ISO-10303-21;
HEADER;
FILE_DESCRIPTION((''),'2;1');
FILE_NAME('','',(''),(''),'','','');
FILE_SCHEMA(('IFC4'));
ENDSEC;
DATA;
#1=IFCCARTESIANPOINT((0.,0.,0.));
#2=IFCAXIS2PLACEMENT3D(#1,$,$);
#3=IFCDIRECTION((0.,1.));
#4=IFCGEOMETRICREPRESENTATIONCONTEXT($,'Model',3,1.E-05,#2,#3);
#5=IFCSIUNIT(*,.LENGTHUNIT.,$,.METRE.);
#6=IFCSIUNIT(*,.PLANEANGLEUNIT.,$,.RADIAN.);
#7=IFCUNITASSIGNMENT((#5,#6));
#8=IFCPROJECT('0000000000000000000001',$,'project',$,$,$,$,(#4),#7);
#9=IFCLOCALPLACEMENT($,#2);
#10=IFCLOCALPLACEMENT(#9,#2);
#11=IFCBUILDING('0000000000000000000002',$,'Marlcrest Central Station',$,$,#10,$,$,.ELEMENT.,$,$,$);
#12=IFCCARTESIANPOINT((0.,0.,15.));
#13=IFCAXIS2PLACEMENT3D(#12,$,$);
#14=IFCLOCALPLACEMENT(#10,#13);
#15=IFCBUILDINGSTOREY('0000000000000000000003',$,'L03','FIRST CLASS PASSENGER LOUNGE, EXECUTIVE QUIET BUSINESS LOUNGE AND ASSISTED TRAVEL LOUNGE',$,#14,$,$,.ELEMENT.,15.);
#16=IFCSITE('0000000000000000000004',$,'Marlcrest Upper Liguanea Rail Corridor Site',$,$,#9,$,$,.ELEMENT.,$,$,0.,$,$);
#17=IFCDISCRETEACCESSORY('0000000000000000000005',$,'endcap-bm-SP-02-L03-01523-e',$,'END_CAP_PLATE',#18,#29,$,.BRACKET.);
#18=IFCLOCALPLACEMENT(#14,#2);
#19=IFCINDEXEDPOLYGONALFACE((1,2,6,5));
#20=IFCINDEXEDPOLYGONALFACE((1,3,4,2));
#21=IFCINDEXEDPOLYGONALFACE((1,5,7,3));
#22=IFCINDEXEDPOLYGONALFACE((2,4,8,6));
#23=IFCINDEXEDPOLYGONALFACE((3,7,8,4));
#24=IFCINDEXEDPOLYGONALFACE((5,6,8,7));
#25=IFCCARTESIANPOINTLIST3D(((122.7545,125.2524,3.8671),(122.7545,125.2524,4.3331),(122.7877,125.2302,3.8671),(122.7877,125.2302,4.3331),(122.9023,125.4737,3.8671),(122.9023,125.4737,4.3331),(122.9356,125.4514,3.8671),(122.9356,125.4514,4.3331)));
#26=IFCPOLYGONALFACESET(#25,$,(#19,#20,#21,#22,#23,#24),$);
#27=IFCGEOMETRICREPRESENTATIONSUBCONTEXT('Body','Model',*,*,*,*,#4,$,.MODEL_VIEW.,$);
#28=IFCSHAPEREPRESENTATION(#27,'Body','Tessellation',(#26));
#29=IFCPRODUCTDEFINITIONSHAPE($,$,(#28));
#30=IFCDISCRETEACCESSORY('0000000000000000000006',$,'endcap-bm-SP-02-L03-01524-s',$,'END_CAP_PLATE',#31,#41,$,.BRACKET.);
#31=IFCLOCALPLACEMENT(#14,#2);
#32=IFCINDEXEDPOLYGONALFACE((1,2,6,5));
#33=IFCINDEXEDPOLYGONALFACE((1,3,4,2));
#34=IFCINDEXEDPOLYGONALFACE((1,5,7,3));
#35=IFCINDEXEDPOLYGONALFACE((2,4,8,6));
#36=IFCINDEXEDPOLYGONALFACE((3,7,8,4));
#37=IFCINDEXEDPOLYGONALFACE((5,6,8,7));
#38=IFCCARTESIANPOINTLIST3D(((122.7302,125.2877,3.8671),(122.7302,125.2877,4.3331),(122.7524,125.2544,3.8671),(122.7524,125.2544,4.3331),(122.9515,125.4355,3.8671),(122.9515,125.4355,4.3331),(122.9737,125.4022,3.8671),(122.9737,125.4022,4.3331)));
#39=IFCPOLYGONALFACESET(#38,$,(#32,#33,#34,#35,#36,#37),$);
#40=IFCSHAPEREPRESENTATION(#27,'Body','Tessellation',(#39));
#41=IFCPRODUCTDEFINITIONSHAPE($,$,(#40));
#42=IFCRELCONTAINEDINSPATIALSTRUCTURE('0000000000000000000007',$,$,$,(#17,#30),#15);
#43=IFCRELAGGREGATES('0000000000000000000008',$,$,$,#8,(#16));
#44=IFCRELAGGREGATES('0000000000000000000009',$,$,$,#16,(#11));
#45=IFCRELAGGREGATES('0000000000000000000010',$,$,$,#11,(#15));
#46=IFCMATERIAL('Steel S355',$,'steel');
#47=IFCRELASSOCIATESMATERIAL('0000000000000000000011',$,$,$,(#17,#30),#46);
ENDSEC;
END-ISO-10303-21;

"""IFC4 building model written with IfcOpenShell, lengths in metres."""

from ifc_helpers import new_model, si_unit, direction, frame, origin, origin_2d, place, context, subcontext, project, spatial, rectangle, extrude, material, element, save


model = new_model("IFC4")

# Units and contexts
model_context = context("Model", 3, precision=1e-05, world=origin(), true_north=direction((0.0, 1.0)))
body_context = subcontext(model_context, "Body", "Model", "MODEL_VIEW")
ifc_project = project(units=[si_unit("LENGTHUNIT", "METRE"), si_unit("PLANEANGLEUNIT", "RADIAN")], contexts=[model_context])

# Site, building, storey
site_placement = place(None, origin())
site = spatial("IfcSite", under=ifc_project, at=site_placement, Name="Marlcrest Upper Liguanea Rail Corridor Site", CompositionType="ELEMENT", RefElevation=0.0)
building_placement = place(site_placement, origin())
building = spatial("IfcBuilding", under=site, at=building_placement, Name="Marlcrest Central Station", CompositionType="ELEMENT")
storey_placement = place(building_placement, frame((0.0, 0.0, 15.0)))
storey = spatial("IfcBuildingStorey", under=building, at=storey_placement, Name="L03", Description="FIRST CLASS PASSENGER LOUNGE, EXECUTIVE QUIET BUSINESS LOUNGE AND ASSISTED TRAVEL LOUNGE", CompositionType="ELEMENT", Elevation=15.0)

# Shared definitions
ifc_material_1 = material(Name="Steel S355", Category="steel")

# Discrete accessories
for number, where, z_axis, x_axis, name in (
    (1, (122.8284, 125.363, 4.1001), (0.831509, -0.555511, 0.0), (0.555511, 0.831509, 0.0), "endcap-bm-SP-02-L03-01523-e"),
    (2, (122.8408, 125.3616, 4.1001), (0.555511, -0.831509, 0.0), (0.831509, 0.555511, 0.0), "endcap-bm-SP-02-L03-01524-s"),
):
    element("IfcDiscreteAccessory", number, at=place(storey_placement, frame(where, z_axis=z_axis, x_axis=x_axis)), inside=storey, material=ifc_material_1, Name=name, ObjectType="END_CAP_PLATE", PredefinedType="BRACKET", context=body_context, shape_type="SweptSolid", body=[
        extrude(rectangle(XDim=0.2661, YDim=0.4661, at=origin_2d()), origin(), (0.0, 0.0, 1.0), 0.04),
    ])

save(model, "model.ifc")
